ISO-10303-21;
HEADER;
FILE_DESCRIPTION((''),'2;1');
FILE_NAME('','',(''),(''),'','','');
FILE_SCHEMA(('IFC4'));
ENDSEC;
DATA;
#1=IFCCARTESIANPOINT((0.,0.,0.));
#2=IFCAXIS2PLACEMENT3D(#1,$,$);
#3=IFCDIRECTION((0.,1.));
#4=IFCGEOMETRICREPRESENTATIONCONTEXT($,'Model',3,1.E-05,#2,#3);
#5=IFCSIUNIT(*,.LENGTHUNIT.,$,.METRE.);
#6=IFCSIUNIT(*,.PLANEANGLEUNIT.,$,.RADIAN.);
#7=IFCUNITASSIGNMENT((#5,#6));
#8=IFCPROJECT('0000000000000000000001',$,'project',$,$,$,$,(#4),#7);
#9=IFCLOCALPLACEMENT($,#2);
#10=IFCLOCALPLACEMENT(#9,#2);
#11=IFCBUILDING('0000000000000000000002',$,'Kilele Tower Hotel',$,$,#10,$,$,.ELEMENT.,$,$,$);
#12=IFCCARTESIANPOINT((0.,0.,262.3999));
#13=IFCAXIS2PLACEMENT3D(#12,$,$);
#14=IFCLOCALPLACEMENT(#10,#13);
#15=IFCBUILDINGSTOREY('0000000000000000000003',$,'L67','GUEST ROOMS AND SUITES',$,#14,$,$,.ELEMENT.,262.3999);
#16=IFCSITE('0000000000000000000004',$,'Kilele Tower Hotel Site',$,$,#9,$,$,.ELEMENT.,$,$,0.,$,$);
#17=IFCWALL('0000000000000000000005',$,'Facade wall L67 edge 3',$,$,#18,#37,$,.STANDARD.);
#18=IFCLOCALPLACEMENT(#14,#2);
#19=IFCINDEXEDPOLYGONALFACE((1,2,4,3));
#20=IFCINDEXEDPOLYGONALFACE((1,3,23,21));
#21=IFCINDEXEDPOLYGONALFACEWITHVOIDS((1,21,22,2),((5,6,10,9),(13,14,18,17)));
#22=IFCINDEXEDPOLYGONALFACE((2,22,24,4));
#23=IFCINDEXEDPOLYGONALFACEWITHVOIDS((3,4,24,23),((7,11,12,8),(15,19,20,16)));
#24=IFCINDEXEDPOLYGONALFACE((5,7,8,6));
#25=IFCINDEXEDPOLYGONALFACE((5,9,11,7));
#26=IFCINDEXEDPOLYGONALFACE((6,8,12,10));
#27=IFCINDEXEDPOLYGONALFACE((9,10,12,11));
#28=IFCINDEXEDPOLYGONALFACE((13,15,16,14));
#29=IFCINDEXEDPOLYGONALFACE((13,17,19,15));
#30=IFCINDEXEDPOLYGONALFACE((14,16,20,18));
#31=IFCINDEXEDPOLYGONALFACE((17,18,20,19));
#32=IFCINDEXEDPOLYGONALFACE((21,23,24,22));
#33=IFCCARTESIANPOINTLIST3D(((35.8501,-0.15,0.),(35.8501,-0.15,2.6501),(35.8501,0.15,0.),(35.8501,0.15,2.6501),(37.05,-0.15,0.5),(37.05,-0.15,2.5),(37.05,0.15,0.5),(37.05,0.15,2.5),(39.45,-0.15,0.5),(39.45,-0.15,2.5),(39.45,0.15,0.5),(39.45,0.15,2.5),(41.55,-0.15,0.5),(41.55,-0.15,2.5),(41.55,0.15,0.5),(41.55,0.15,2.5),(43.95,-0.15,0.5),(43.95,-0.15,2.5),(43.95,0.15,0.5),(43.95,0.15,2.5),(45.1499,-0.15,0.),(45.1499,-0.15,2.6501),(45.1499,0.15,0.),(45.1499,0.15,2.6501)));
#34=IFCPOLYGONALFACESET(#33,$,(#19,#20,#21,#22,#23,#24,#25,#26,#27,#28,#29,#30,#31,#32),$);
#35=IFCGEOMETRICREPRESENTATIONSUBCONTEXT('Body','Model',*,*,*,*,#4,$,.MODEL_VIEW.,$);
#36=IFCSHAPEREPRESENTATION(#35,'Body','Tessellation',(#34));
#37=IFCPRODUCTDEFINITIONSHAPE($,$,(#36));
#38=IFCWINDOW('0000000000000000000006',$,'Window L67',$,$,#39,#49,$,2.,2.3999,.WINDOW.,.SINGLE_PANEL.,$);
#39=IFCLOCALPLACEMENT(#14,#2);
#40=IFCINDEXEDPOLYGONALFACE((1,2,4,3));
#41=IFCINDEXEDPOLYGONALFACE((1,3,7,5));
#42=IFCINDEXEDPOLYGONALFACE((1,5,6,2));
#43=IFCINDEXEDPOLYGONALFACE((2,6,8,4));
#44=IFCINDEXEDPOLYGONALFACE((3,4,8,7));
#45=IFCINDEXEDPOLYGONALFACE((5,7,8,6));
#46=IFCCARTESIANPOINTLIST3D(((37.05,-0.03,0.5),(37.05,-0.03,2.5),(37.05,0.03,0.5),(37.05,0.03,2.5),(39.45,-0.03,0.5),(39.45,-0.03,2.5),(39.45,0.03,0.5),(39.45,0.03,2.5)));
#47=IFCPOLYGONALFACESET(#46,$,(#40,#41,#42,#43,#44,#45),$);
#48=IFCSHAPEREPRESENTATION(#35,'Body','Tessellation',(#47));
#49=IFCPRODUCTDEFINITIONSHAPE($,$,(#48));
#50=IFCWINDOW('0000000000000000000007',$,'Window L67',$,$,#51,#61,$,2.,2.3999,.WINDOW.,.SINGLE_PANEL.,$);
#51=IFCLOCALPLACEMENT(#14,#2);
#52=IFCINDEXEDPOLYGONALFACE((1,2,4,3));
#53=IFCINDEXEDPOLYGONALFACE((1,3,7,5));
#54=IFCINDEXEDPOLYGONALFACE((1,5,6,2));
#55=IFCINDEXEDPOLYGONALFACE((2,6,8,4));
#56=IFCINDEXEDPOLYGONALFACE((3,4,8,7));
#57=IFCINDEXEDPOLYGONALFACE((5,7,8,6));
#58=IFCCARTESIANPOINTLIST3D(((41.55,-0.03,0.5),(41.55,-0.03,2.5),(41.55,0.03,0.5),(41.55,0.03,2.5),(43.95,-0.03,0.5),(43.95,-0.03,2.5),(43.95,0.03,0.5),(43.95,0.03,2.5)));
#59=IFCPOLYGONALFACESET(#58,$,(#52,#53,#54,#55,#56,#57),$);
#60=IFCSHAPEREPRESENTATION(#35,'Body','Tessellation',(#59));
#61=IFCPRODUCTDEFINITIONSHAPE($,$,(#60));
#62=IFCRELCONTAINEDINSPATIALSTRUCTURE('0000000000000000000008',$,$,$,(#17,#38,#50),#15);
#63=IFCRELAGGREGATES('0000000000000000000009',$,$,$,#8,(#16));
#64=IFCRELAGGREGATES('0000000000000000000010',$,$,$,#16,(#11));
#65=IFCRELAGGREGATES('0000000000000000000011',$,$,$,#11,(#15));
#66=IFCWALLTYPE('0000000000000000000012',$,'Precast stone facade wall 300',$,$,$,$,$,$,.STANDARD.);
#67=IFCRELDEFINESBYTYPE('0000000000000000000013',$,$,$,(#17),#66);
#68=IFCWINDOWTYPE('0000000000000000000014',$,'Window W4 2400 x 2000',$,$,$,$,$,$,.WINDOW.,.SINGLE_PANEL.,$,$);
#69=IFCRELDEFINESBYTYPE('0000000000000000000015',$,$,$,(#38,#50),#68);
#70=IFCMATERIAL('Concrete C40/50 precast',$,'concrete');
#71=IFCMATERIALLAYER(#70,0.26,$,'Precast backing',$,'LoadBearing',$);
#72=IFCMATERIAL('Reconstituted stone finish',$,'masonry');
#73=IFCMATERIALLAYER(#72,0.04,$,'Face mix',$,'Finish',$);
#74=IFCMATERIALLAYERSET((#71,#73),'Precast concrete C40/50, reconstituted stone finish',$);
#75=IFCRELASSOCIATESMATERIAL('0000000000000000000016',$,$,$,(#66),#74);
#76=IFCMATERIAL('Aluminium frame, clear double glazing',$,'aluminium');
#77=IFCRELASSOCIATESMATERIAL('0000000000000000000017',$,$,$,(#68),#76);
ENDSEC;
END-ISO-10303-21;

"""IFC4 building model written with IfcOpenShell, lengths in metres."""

from ifc_helpers import new_model, si_unit, direction, frame, frame_2d, origin, place, context, subcontext, project, spatial, rectangle, extrude, material, layer, layer_set, type_object, element, fill, save


model = new_model("IFC4")

# Units and contexts
model_context = context("Model", 3, precision=1e-05, world=origin(), true_north=direction((0.0, 1.0)))
body_context = subcontext(model_context, "Body", "Model", "MODEL_VIEW")
ifc_project = project(units=[si_unit("LENGTHUNIT", "METRE"), si_unit("PLANEANGLEUNIT", "RADIAN")], contexts=[model_context])

# Site, building, storey
site_placement = place(None, origin())
site = spatial("IfcSite", under=ifc_project, at=site_placement, Name="Kilele Tower Hotel Site", CompositionType="ELEMENT", RefElevation=0.0)
building_placement = place(site_placement, origin())
building = spatial("IfcBuilding", under=site, at=building_placement, Name="Kilele Tower Hotel", CompositionType="ELEMENT")
storey_placement = place(building_placement, frame((0.0, 0.0, 262.3999)))
storey = spatial("IfcBuildingStorey", under=building, at=storey_placement, Name="L67", Description="GUEST ROOMS AND SUITES", CompositionType="ELEMENT", Elevation=262.3999)

# Wall, openings, windows
ifc_material_1 = material(Name="Concrete C40/50 precast", Category="concrete")
ifc_layer_1 = layer(ifc_material_1, 0.26, Name="Precast backing", Category="LoadBearing")
ifc_material_2 = material(Name="Reconstituted stone finish", Category="masonry")
ifc_layer_2 = layer(ifc_material_2, 0.04, Name="Face mix", Category="Finish")
ifc_layer_set_1 = layer_set([ifc_layer_1, ifc_layer_2], Name="Precast concrete C40/50, reconstituted stone finish")
wall_type_1 = type_object("IfcWallType", Name="Precast stone facade wall 300", PredefinedType="STANDARD", material=ifc_layer_set_1)
wall_1_placement = place(storey_placement, frame((35.8501, 0.0, 0.0), z_axis=(0.0, 0.0, 1.0), x_axis=(1.0, 0.0, 0.0)))
wall_1 = element("IfcWall", 1, at=wall_1_placement, inside=storey, type_object=wall_type_1, Name="Facade wall L67 edge 3", PredefinedType="STANDARD", context=body_context, shape_type="SweptSolid", body=[
    extrude(rectangle(XDim=9.2998, YDim=0.3, at=frame_2d((4.6499, 0.0))), origin(), (0.0, 0.0, 1.0), 2.6501),
])
opening_1_placement = place(wall_1_placement, frame((1.2, 0.0, 0.5)))
opening_1 = element("IfcOpeningElement", 2, at=opening_1_placement, cuts=wall_1, PredefinedType="OPENING", context=body_context, shape_type="SweptSolid", body=[
    extrude(rectangle(XDim=2.3999, YDim=2.0, at=frame_2d((1.2, 1.0))), frame((0.0, 0.1599, 0.0), z_axis=(0.0, -1.0, 0.0), x_axis=(1.0, 0.0, 0.0)), (0.0, 0.0, 1.0), 0.3201),
])
opening_2_placement = place(wall_1_placement, frame((5.7, 0.0, 0.5)))
opening_2 = element("IfcOpeningElement", 3, at=opening_2_placement, cuts=wall_1, PredefinedType="OPENING", context=body_context, shape_type="SweptSolid", body=[
    extrude(rectangle(XDim=2.3999, YDim=2.0, at=frame_2d((1.2, 1.0))), frame((0.0, 0.1599, 0.0), z_axis=(0.0, -1.0, 0.0), x_axis=(1.0, 0.0, 0.0)), (0.0, 0.0, 1.0), 0.3201),
])
ifc_material_3 = material(Name="Aluminium frame, clear double glazing", Category="aluminium")
window_type = type_object("IfcWindowType", Name="Window W4 2400 x 2000", PartitioningType="SINGLE_PANEL", PredefinedType="WINDOW", material=ifc_material_3)
window_1_placement = place(opening_1_placement, origin())
window_1 = element("IfcWindow", 4, at=window_1_placement, inside=storey, type_object=window_type, Name="Window L67", OverallHeight=2.0, OverallWidth=2.3999, PartitioningType="SINGLE_PANEL", PredefinedType="WINDOW", context=body_context, shape_type="SweptSolid", body=[
    extrude(rectangle(XDim=2.3999, YDim=2.0, at=frame_2d((1.2, 1.0))), frame((0.0, 0.03, 0.0), z_axis=(0.0, -1.0, 0.0), x_axis=(1.0, 0.0, 0.0)), (0.0, 0.0, 1.0), 0.0601),
])
fill(opening_1, window_1)
window_2_placement = place(opening_2_placement, origin())
window_2 = element("IfcWindow", 5, at=window_2_placement, inside=storey, type_object=window_type, Name="Window L67", OverallHeight=2.0, OverallWidth=2.3999, PartitioningType="SINGLE_PANEL", PredefinedType="WINDOW", context=body_context, shape_type="SweptSolid", body=[
    extrude(rectangle(XDim=2.3999, YDim=2.0, at=frame_2d((1.2, 1.0))), frame((0.0, 0.03, 0.0), z_axis=(0.0, -1.0, 0.0), x_axis=(1.0, 0.0, 0.0)), (0.0, 0.0, 1.0), 0.0601),
])
fill(opening_2, window_2)

save(model, "model.ifc")
